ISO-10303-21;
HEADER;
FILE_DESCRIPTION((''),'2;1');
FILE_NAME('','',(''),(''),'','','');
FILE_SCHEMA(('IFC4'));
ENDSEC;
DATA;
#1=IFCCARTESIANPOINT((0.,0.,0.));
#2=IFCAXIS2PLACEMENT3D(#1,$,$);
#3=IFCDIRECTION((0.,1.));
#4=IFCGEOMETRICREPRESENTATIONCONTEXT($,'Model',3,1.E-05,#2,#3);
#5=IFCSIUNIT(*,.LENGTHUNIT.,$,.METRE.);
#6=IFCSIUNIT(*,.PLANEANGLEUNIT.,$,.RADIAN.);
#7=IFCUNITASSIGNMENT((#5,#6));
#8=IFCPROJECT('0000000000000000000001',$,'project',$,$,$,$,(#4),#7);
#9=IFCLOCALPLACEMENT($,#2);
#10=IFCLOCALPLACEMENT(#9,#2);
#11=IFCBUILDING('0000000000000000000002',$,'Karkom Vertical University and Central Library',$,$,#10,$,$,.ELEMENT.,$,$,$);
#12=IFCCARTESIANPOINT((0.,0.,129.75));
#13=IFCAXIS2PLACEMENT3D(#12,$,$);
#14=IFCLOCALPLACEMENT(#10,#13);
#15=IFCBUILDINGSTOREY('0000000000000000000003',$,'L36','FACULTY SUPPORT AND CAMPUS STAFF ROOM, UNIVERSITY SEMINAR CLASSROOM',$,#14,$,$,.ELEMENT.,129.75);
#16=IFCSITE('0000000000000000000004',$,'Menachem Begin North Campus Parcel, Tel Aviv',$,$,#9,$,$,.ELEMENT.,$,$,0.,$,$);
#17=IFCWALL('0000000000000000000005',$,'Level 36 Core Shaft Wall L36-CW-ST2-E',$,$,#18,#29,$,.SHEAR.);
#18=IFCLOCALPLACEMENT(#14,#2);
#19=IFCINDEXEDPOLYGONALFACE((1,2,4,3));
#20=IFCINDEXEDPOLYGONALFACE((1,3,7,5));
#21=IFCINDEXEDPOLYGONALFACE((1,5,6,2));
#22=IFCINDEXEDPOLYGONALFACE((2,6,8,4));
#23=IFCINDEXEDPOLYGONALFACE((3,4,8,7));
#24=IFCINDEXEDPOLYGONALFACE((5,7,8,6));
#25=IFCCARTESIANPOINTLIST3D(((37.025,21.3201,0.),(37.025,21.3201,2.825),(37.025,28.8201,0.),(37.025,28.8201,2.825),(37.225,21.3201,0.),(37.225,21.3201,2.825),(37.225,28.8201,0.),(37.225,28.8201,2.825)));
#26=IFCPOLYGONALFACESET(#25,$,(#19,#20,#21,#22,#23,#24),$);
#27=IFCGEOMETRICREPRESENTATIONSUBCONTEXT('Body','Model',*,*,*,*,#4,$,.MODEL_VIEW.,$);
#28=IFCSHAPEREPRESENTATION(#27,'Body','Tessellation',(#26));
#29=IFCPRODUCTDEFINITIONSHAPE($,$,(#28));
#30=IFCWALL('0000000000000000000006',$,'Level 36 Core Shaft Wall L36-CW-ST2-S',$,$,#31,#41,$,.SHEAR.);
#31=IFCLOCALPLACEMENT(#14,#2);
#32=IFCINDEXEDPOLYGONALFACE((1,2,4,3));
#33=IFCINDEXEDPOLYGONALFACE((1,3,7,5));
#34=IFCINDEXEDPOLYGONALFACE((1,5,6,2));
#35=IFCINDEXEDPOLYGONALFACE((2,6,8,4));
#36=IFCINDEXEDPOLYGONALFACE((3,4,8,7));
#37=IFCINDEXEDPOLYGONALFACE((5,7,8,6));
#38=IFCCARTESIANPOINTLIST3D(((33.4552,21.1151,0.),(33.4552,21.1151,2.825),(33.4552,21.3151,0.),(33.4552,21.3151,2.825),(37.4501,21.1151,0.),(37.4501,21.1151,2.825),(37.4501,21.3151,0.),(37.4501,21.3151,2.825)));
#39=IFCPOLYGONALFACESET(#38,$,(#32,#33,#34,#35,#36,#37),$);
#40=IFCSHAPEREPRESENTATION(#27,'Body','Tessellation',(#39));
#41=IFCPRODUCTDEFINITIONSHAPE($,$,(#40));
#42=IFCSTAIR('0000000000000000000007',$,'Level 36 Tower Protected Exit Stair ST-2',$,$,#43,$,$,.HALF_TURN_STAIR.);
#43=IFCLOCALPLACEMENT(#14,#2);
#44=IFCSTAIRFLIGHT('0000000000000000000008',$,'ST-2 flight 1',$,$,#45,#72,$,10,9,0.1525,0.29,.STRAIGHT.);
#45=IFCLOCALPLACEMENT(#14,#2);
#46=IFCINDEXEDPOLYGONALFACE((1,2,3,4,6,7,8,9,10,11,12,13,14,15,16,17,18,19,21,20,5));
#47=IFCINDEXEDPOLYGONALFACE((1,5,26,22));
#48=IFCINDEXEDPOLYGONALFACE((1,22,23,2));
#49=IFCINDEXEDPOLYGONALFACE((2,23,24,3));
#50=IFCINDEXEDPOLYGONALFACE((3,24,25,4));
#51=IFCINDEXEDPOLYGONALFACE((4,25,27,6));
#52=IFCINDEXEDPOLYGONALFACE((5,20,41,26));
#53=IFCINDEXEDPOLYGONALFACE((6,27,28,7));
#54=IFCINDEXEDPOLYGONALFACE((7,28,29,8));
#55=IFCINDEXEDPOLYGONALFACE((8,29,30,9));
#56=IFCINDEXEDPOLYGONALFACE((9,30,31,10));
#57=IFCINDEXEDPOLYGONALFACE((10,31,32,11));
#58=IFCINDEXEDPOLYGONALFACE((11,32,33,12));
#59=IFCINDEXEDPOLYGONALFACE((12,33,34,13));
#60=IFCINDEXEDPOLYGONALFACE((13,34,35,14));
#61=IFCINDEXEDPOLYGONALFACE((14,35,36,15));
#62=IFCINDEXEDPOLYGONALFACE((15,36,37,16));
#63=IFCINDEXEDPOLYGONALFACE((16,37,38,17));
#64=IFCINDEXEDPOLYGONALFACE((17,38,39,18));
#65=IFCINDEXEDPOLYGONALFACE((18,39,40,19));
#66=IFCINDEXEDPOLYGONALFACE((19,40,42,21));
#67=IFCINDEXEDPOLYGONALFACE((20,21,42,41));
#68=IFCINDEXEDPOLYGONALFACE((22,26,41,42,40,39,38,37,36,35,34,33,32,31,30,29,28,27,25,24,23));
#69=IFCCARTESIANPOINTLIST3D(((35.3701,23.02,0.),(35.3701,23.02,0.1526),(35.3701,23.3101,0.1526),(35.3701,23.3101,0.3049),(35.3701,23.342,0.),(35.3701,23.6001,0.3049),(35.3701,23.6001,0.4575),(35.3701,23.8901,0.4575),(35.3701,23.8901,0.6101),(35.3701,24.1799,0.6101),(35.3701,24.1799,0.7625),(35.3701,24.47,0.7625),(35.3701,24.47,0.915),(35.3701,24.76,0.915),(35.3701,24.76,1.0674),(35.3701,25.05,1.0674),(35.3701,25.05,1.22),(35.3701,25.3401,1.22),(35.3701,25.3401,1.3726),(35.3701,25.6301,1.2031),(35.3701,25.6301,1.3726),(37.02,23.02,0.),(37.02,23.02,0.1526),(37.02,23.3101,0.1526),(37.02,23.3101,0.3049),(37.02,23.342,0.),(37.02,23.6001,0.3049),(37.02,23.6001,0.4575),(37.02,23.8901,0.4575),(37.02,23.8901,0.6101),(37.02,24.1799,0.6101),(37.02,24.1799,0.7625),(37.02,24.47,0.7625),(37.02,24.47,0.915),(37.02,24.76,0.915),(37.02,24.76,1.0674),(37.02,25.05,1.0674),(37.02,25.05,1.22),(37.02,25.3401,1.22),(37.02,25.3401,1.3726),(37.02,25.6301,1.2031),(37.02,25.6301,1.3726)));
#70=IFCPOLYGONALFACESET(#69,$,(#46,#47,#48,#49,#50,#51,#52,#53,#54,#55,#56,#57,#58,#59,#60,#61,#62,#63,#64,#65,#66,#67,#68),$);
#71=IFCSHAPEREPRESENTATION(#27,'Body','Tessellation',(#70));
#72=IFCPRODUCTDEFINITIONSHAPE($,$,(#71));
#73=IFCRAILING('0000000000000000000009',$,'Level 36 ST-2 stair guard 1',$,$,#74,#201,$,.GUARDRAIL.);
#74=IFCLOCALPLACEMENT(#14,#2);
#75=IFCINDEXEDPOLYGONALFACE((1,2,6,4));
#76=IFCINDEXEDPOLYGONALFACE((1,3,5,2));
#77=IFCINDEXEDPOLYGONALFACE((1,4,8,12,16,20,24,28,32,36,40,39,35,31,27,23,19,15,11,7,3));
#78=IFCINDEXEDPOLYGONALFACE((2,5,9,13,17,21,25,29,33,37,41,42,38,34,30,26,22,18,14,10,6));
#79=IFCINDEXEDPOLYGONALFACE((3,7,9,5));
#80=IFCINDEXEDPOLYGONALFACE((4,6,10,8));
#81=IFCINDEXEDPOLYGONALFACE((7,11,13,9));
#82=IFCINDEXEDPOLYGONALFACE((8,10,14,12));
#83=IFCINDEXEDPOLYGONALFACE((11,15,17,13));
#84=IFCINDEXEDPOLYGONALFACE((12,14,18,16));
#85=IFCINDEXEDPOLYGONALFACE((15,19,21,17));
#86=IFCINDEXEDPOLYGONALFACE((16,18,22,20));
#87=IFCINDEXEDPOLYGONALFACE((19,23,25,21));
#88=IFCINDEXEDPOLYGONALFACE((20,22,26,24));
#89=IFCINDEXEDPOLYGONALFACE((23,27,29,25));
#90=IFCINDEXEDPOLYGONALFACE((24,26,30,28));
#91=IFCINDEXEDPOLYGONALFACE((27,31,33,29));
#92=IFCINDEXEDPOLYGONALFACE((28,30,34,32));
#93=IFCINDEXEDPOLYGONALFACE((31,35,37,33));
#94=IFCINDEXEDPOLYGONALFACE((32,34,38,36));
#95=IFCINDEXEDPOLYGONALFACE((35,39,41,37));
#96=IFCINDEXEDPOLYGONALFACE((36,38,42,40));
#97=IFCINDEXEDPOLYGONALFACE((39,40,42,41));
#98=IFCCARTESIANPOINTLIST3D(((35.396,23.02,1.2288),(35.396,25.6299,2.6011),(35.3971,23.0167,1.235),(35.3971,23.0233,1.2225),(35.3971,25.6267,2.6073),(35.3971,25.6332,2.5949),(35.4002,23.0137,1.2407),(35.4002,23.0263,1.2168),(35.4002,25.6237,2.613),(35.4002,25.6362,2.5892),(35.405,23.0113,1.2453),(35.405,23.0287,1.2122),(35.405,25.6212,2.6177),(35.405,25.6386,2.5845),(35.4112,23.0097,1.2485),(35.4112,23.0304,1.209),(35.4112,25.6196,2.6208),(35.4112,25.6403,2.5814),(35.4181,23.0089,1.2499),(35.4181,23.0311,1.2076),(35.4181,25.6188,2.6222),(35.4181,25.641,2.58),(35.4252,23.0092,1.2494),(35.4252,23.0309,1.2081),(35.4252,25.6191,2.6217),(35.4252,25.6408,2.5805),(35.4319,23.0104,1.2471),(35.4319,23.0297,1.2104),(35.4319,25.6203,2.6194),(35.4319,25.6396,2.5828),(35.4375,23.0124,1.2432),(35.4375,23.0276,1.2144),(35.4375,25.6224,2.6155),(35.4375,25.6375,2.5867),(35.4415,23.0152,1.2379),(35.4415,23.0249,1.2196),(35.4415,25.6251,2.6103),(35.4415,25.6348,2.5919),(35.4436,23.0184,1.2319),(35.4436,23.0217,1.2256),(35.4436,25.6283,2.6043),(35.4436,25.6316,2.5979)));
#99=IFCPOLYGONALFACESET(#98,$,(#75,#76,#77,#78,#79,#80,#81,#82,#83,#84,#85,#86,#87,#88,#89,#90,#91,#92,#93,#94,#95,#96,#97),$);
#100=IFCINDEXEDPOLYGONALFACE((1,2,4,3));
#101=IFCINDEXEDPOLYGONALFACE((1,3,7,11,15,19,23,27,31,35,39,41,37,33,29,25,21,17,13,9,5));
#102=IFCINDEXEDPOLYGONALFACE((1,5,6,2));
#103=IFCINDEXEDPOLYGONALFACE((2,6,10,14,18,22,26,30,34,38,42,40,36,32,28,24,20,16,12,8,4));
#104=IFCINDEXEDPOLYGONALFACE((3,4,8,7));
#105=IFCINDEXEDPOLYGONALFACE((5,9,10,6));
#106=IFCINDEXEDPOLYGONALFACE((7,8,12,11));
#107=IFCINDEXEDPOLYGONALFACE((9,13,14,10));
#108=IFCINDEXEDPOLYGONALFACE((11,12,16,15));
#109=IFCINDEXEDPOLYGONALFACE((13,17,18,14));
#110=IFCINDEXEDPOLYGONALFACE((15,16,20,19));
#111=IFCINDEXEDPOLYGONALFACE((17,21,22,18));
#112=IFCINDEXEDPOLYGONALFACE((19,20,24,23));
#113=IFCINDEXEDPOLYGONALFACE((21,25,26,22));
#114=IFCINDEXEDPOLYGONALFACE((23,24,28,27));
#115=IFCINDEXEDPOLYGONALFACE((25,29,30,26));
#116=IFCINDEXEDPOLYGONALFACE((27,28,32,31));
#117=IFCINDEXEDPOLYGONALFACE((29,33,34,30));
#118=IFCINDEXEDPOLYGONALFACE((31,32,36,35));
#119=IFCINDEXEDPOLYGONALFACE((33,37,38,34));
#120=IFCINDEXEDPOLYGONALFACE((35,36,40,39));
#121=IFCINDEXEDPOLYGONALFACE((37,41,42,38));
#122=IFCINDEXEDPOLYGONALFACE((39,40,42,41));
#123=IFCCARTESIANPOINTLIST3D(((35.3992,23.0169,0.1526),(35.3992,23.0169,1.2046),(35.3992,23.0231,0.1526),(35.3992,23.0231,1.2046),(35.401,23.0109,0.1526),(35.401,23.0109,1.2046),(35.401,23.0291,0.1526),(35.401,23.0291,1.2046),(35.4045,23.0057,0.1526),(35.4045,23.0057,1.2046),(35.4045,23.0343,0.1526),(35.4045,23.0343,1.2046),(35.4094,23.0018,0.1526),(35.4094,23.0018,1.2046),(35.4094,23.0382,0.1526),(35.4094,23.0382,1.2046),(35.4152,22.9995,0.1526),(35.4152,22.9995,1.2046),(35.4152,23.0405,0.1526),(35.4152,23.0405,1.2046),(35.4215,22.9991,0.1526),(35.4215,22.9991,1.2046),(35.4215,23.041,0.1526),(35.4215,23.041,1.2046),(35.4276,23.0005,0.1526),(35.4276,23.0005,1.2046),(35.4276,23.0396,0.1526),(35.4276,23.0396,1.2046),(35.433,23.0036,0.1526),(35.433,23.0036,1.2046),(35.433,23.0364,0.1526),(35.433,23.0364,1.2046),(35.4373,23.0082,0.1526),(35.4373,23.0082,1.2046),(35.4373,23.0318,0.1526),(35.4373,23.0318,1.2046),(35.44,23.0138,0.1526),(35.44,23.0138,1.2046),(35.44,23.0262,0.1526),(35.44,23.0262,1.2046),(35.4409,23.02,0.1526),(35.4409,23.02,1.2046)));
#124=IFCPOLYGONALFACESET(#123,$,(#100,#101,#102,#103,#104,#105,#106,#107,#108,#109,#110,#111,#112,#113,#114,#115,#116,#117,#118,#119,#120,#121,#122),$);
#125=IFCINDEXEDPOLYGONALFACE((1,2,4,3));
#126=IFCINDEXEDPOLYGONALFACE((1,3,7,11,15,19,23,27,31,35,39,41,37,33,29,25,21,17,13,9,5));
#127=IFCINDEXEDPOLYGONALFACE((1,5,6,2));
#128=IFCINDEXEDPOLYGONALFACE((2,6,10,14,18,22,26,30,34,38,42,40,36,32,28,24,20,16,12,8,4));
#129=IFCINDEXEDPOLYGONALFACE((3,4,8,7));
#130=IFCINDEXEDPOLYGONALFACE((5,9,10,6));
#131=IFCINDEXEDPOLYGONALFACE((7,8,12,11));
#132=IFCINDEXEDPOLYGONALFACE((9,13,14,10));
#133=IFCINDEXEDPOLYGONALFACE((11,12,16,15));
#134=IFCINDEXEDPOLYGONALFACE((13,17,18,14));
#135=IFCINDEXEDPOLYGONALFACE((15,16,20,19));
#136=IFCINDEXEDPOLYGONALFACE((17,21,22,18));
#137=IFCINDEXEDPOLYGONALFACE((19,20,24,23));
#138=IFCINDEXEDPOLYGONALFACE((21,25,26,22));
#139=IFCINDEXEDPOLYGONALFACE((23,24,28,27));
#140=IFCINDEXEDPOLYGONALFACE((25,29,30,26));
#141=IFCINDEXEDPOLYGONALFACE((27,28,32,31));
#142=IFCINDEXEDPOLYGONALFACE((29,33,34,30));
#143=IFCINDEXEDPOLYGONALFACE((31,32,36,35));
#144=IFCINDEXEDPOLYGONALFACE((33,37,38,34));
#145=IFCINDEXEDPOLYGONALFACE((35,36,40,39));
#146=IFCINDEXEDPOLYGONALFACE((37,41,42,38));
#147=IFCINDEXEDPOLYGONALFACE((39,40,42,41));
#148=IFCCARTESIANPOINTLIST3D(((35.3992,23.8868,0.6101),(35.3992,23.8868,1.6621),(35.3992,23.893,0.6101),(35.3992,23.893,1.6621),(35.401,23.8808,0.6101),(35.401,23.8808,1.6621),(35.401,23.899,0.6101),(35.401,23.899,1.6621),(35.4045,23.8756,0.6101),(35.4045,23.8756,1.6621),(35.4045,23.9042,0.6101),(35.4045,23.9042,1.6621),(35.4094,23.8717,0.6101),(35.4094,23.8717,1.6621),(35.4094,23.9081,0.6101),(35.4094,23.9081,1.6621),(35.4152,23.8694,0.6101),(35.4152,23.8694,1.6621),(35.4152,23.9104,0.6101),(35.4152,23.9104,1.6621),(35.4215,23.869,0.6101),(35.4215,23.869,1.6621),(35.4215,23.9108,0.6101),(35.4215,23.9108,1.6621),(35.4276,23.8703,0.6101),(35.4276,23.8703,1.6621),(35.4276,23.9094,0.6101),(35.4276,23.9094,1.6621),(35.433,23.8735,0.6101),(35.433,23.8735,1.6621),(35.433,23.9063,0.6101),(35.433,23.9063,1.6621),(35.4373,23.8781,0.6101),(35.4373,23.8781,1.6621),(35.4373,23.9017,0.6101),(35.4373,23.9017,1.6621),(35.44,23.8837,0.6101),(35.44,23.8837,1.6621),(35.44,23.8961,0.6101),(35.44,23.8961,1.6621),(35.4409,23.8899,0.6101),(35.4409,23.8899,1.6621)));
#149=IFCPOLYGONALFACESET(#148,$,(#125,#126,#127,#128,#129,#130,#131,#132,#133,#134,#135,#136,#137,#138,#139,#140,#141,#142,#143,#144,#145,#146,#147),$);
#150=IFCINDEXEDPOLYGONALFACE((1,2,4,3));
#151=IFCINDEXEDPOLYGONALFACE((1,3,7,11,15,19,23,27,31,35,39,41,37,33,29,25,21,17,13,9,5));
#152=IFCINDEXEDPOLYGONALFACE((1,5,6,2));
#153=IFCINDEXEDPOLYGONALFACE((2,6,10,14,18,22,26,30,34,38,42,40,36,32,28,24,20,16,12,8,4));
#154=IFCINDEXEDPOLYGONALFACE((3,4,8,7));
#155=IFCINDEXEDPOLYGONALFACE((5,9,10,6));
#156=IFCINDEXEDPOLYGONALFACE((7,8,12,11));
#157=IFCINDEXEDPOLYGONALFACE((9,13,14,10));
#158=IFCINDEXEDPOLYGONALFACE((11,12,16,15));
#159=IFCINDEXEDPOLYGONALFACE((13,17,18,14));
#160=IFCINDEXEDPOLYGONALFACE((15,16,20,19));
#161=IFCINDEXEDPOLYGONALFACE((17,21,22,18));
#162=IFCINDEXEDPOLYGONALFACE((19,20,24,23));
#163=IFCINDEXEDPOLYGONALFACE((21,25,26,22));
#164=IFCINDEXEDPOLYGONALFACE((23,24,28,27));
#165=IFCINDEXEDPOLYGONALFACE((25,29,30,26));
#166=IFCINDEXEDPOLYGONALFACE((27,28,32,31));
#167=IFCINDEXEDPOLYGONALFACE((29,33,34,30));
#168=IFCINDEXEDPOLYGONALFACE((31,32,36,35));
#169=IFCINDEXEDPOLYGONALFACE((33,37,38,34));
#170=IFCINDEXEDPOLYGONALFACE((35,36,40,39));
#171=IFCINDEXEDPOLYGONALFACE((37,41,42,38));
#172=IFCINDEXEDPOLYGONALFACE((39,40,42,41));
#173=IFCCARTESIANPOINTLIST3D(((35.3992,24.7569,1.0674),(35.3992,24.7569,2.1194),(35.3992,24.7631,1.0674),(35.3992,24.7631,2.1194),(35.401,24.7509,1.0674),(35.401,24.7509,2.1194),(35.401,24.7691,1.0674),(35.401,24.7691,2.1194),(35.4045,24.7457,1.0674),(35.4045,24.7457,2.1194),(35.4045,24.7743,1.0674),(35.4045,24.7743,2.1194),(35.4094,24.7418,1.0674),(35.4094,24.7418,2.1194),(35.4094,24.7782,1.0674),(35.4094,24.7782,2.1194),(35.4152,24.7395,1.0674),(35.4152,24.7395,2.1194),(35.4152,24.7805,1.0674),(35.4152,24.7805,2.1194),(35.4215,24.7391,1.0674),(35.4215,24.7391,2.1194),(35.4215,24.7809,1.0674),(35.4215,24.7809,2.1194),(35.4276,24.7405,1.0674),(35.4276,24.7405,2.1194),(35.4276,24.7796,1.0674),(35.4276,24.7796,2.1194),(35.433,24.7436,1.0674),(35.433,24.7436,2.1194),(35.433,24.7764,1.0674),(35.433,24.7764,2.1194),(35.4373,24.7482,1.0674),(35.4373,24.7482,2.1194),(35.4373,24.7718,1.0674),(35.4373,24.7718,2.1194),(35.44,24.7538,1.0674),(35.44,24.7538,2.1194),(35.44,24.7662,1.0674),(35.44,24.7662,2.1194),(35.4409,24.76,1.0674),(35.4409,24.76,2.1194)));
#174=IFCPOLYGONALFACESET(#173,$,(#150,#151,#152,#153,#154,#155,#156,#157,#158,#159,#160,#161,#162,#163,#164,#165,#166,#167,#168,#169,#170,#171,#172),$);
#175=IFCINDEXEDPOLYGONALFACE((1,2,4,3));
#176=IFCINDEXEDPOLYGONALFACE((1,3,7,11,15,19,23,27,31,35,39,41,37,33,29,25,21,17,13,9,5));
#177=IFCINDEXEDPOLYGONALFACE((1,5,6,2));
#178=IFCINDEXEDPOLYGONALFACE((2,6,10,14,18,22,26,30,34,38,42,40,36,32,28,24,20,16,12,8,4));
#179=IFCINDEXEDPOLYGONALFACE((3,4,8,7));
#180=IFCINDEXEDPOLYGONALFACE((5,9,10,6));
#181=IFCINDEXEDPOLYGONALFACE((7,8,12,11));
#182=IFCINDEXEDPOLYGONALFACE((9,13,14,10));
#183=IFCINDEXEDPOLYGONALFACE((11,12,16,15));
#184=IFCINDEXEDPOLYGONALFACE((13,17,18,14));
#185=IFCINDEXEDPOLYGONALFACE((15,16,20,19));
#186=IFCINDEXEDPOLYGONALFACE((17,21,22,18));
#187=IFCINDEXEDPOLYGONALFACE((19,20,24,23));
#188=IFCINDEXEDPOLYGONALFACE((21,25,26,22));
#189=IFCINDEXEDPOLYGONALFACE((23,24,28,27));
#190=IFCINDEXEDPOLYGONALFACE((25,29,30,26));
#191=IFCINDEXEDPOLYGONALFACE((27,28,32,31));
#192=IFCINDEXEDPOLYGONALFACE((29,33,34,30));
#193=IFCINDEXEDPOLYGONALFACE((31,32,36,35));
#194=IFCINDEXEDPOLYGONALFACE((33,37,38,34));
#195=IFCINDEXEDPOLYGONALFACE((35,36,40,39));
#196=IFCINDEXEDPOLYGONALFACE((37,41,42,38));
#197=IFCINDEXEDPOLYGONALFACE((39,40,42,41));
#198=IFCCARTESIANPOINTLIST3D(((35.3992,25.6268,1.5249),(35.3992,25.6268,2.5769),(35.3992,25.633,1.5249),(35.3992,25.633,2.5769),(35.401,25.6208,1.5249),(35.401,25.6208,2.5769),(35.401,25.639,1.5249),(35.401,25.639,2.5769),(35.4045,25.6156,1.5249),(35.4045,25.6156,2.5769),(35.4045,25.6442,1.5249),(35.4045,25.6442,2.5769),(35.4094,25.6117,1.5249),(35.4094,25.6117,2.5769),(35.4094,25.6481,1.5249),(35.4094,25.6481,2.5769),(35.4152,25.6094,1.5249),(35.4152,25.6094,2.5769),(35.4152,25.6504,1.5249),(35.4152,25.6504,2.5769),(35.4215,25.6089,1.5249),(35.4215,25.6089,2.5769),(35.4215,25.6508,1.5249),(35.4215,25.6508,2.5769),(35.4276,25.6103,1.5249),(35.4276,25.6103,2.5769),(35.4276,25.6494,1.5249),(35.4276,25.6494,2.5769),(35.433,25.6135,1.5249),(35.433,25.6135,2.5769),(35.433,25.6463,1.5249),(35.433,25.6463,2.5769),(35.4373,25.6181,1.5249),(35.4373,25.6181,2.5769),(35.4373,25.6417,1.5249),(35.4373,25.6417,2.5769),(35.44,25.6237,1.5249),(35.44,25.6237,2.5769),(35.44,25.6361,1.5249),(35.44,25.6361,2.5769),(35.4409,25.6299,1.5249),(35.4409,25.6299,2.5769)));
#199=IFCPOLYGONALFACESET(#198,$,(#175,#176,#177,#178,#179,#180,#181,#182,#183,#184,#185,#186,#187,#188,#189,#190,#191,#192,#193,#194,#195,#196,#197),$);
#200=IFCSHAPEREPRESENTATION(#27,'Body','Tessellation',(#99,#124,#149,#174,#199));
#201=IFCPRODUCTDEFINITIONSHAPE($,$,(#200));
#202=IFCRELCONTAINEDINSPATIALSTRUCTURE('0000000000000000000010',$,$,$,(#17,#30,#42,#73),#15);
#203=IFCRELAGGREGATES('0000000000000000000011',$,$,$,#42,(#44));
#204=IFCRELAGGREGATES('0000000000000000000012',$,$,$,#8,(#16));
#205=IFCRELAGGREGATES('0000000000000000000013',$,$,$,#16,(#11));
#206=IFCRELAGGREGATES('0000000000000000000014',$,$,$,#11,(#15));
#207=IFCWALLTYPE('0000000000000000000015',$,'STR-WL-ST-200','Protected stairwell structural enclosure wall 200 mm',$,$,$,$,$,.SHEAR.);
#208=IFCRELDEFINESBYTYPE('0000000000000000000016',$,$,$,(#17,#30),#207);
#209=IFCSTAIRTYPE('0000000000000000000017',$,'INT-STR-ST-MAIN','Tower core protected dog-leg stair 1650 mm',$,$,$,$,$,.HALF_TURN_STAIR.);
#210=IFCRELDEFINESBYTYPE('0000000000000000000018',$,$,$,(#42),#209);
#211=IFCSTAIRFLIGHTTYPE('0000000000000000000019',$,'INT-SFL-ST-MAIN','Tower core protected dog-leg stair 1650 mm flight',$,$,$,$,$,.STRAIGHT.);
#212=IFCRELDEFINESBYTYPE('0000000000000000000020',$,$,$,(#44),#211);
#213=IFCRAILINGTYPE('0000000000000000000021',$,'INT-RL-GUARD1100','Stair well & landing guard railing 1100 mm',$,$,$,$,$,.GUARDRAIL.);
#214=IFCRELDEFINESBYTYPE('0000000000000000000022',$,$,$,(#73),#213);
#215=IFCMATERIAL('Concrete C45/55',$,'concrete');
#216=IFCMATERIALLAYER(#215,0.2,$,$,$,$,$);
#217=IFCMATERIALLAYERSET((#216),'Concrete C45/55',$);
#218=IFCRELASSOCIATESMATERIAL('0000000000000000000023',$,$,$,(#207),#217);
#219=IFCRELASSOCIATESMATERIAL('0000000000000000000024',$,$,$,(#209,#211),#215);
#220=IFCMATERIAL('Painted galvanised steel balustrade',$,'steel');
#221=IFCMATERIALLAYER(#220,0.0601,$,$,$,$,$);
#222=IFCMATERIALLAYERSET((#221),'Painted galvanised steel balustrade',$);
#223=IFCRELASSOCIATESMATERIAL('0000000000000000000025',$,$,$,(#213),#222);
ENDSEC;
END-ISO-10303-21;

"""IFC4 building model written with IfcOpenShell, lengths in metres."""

from ifc_helpers import new_model, si_unit, direction, frame, frame_2d, origin, origin_2d, place, context, subcontext, project, spatial, polyline, rectangle, circle, outline, extrude, material, layer, layer_set, type_object, element, aggregate, save


model = new_model("IFC4")

# Units and contexts
model_context = context("Model", 3, precision=1e-05, world=origin(), true_north=direction((0.0, 1.0)))
body_context = subcontext(model_context, "Body", "Model", "MODEL_VIEW")
ifc_project = project(units=[si_unit("LENGTHUNIT", "METRE"), si_unit("PLANEANGLEUNIT", "RADIAN")], contexts=[model_context])

# Site, building, storey
site_placement = place(None, origin())
site = spatial("IfcSite", under=ifc_project, at=site_placement, Name="Menachem Begin North Campus Parcel, Tel Aviv", CompositionType="ELEMENT", RefElevation=0.0)
building_placement = place(site_placement, origin())
building = spatial("IfcBuilding", under=site, at=building_placement, Name="Karkom Vertical University and Central Library", CompositionType="ELEMENT")
storey_placement = place(building_placement, frame((0.0, 0.0, 129.75)))
storey = spatial("IfcBuildingStorey", under=building, at=storey_placement, Name="L36", Description="FACULTY SUPPORT AND CAMPUS STAFF ROOM, UNIVERSITY SEMINAR CLASSROOM", CompositionType="ELEMENT", Elevation=129.75)

# Shared definitions
ifc_material_1 = material(Name="Concrete C45/55", Category="concrete")
ifc_layer_1 = layer(ifc_material_1, 0.2)
ifc_layer_set_1 = layer_set([ifc_layer_1], Name="Concrete C45/55")
wall_type_1 = type_object("IfcWallType", Name="STR-WL-ST-200", Description="Protected stairwell structural enclosure wall 200 mm", PredefinedType="SHEAR", material=ifc_layer_set_1)

# Walls
wall_1_placement = place(storey_placement, frame((37.125, 21.3201, 0.0), z_axis=(0.0, 0.0, 1.0), x_axis=(0.0, 1.0, 0.0)))
element("IfcWall", 1, at=wall_1_placement, inside=storey, type_object=wall_type_1, Name="Level 36 Core Shaft Wall L36-CW-ST2-E", PredefinedType="SHEAR", context=body_context, shape_type="SweptSolid", body=[
    extrude(rectangle(XDim=7.5, YDim=0.2, at=frame_2d((3.75, 0.0))), origin(), (0.0, 0.0, 1.0), 2.825),
])
wall_2_placement = place(storey_placement, frame((33.4551, 21.2151, 0.0), z_axis=(0.0, 0.0, 1.0), x_axis=(1.0, 0.0, 0.0)))
element("IfcWall", 2, at=wall_2_placement, inside=storey, type_object=wall_type_1, Name="Level 36 Core Shaft Wall L36-CW-ST2-S", PredefinedType="SHEAR", context=body_context, shape_type="SweptSolid", body=[
    extrude(rectangle(XDim=3.9949, YDim=0.2, at=frame_2d((1.9976, 0.0))), origin(), (0.0, 0.0, 1.0), 2.825),
])

# Stair, stair flight
stair_type = type_object("IfcStairType", Name="INT-STR-ST-MAIN", Description="Tower core protected dog-leg stair 1650 mm", PredefinedType="HALF_TURN_STAIR", material=ifc_material_1)
stair_placement = place(storey_placement, origin())
stair = element("IfcStair", 3, at=stair_placement, inside=storey, type_object=stair_type, Name="Level 36 Tower Protected Exit Stair ST-2", PredefinedType="HALF_TURN_STAIR")
stair_flight_type = type_object("IfcStairFlightType", Name="INT-SFL-ST-MAIN", Description="Tower core protected dog-leg stair 1650 mm flight", PredefinedType="STRAIGHT", material=ifc_material_1)
stair_flight_placement = place(storey_placement, frame((36.1951, 23.02, 0.0), z_axis=(0.0, 0.0, 1.0), x_axis=(0.0, 1.0, 0.0)))
stair_flight = element("IfcStairFlight", 4, at=stair_flight_placement, type_object=stair_flight_type, Name="ST-2 flight 1", NumberOfRisers=10, NumberOfTreads=9, PredefinedType="STRAIGHT", RiserHeight=0.1525, TreadLength=0.29, context=body_context, shape_type="SweptSolid", body=[
    extrude(outline(polyline([(0.0, 0.0), (0.0, 0.1526), (0.29, 0.1526), (0.29, 0.3049), (0.5801, 0.3049), (0.5801, 0.4575), (0.8701, 0.4575), (0.8701, 0.6101), (1.1599, 0.6101), (1.1599, 0.7625), (1.45, 0.7625), (1.45, 0.915), (1.74, 0.915), (1.74, 1.0674), (2.03, 1.0674), (2.03, 1.22), (2.3201, 1.22), (2.3201, 1.3726), (2.6101, 1.3726), (2.6101, 1.5249), (2.6101, 1.2031), (0.322, 0.0), (0.0, 0.0)])), frame((0.0, 0.825, 0.0), z_axis=(0.0, -1.0, 0.0), x_axis=(1.0, 0.0, 0.0)), (0.0, 0.0, 1.0), 1.6499),
])
aggregate(stair, [stair_flight])

# Railing
ifc_material_2 = material(Name="Painted galvanised steel balustrade", Category="steel")
ifc_layer_2 = layer(ifc_material_2, 0.0601)
ifc_layer_set_2 = layer_set([ifc_layer_2], Name="Painted galvanised steel balustrade")
railing_type_1 = type_object("IfcRailingType", Name="INT-RL-GUARD1100", Description="Stair well & landing guard railing 1100 mm", PredefinedType="GUARDRAIL", material=ifc_layer_set_2)
railing_1_placement = place(storey_placement, frame((35.4199, 23.02, 0.1526)))
element("IfcRailing", 5, at=railing_1_placement, inside=storey, type_object=railing_type_1, Name="Level 36 ST-2 stair guard 1", PredefinedType="GUARDRAIL", context=body_context, shape_type="SweptSolid", body=[
    extrude(circle(Radius=0.0239, at=origin_2d()), frame((0.0, 0.0, 1.0762), z_axis=(0.0, 0.8851, 0.465402), x_axis=(-1.0, 0.0, 0.0)), (0.0, 0.0, 1.0), 2.9487),
    extrude(circle(Radius=0.021, at=origin_2d()), origin(), (0.0, 0.0, 1.0), 1.052),
    extrude(circle(Radius=0.021, at=origin_2d()), frame((0.0, 0.8699, 0.4575)), (0.0, 0.0, 1.0), 1.052),
    extrude(circle(Radius=0.021, at=origin_2d()), frame((0.0, 1.74, 0.9148)), (0.0, 0.0, 1.0), 1.052),
    extrude(circle(Radius=0.021, at=origin_2d()), frame((0.0, 2.6099, 1.3723)), (0.0, 0.0, 1.0), 1.052),
])

save(model, "model.ifc")
